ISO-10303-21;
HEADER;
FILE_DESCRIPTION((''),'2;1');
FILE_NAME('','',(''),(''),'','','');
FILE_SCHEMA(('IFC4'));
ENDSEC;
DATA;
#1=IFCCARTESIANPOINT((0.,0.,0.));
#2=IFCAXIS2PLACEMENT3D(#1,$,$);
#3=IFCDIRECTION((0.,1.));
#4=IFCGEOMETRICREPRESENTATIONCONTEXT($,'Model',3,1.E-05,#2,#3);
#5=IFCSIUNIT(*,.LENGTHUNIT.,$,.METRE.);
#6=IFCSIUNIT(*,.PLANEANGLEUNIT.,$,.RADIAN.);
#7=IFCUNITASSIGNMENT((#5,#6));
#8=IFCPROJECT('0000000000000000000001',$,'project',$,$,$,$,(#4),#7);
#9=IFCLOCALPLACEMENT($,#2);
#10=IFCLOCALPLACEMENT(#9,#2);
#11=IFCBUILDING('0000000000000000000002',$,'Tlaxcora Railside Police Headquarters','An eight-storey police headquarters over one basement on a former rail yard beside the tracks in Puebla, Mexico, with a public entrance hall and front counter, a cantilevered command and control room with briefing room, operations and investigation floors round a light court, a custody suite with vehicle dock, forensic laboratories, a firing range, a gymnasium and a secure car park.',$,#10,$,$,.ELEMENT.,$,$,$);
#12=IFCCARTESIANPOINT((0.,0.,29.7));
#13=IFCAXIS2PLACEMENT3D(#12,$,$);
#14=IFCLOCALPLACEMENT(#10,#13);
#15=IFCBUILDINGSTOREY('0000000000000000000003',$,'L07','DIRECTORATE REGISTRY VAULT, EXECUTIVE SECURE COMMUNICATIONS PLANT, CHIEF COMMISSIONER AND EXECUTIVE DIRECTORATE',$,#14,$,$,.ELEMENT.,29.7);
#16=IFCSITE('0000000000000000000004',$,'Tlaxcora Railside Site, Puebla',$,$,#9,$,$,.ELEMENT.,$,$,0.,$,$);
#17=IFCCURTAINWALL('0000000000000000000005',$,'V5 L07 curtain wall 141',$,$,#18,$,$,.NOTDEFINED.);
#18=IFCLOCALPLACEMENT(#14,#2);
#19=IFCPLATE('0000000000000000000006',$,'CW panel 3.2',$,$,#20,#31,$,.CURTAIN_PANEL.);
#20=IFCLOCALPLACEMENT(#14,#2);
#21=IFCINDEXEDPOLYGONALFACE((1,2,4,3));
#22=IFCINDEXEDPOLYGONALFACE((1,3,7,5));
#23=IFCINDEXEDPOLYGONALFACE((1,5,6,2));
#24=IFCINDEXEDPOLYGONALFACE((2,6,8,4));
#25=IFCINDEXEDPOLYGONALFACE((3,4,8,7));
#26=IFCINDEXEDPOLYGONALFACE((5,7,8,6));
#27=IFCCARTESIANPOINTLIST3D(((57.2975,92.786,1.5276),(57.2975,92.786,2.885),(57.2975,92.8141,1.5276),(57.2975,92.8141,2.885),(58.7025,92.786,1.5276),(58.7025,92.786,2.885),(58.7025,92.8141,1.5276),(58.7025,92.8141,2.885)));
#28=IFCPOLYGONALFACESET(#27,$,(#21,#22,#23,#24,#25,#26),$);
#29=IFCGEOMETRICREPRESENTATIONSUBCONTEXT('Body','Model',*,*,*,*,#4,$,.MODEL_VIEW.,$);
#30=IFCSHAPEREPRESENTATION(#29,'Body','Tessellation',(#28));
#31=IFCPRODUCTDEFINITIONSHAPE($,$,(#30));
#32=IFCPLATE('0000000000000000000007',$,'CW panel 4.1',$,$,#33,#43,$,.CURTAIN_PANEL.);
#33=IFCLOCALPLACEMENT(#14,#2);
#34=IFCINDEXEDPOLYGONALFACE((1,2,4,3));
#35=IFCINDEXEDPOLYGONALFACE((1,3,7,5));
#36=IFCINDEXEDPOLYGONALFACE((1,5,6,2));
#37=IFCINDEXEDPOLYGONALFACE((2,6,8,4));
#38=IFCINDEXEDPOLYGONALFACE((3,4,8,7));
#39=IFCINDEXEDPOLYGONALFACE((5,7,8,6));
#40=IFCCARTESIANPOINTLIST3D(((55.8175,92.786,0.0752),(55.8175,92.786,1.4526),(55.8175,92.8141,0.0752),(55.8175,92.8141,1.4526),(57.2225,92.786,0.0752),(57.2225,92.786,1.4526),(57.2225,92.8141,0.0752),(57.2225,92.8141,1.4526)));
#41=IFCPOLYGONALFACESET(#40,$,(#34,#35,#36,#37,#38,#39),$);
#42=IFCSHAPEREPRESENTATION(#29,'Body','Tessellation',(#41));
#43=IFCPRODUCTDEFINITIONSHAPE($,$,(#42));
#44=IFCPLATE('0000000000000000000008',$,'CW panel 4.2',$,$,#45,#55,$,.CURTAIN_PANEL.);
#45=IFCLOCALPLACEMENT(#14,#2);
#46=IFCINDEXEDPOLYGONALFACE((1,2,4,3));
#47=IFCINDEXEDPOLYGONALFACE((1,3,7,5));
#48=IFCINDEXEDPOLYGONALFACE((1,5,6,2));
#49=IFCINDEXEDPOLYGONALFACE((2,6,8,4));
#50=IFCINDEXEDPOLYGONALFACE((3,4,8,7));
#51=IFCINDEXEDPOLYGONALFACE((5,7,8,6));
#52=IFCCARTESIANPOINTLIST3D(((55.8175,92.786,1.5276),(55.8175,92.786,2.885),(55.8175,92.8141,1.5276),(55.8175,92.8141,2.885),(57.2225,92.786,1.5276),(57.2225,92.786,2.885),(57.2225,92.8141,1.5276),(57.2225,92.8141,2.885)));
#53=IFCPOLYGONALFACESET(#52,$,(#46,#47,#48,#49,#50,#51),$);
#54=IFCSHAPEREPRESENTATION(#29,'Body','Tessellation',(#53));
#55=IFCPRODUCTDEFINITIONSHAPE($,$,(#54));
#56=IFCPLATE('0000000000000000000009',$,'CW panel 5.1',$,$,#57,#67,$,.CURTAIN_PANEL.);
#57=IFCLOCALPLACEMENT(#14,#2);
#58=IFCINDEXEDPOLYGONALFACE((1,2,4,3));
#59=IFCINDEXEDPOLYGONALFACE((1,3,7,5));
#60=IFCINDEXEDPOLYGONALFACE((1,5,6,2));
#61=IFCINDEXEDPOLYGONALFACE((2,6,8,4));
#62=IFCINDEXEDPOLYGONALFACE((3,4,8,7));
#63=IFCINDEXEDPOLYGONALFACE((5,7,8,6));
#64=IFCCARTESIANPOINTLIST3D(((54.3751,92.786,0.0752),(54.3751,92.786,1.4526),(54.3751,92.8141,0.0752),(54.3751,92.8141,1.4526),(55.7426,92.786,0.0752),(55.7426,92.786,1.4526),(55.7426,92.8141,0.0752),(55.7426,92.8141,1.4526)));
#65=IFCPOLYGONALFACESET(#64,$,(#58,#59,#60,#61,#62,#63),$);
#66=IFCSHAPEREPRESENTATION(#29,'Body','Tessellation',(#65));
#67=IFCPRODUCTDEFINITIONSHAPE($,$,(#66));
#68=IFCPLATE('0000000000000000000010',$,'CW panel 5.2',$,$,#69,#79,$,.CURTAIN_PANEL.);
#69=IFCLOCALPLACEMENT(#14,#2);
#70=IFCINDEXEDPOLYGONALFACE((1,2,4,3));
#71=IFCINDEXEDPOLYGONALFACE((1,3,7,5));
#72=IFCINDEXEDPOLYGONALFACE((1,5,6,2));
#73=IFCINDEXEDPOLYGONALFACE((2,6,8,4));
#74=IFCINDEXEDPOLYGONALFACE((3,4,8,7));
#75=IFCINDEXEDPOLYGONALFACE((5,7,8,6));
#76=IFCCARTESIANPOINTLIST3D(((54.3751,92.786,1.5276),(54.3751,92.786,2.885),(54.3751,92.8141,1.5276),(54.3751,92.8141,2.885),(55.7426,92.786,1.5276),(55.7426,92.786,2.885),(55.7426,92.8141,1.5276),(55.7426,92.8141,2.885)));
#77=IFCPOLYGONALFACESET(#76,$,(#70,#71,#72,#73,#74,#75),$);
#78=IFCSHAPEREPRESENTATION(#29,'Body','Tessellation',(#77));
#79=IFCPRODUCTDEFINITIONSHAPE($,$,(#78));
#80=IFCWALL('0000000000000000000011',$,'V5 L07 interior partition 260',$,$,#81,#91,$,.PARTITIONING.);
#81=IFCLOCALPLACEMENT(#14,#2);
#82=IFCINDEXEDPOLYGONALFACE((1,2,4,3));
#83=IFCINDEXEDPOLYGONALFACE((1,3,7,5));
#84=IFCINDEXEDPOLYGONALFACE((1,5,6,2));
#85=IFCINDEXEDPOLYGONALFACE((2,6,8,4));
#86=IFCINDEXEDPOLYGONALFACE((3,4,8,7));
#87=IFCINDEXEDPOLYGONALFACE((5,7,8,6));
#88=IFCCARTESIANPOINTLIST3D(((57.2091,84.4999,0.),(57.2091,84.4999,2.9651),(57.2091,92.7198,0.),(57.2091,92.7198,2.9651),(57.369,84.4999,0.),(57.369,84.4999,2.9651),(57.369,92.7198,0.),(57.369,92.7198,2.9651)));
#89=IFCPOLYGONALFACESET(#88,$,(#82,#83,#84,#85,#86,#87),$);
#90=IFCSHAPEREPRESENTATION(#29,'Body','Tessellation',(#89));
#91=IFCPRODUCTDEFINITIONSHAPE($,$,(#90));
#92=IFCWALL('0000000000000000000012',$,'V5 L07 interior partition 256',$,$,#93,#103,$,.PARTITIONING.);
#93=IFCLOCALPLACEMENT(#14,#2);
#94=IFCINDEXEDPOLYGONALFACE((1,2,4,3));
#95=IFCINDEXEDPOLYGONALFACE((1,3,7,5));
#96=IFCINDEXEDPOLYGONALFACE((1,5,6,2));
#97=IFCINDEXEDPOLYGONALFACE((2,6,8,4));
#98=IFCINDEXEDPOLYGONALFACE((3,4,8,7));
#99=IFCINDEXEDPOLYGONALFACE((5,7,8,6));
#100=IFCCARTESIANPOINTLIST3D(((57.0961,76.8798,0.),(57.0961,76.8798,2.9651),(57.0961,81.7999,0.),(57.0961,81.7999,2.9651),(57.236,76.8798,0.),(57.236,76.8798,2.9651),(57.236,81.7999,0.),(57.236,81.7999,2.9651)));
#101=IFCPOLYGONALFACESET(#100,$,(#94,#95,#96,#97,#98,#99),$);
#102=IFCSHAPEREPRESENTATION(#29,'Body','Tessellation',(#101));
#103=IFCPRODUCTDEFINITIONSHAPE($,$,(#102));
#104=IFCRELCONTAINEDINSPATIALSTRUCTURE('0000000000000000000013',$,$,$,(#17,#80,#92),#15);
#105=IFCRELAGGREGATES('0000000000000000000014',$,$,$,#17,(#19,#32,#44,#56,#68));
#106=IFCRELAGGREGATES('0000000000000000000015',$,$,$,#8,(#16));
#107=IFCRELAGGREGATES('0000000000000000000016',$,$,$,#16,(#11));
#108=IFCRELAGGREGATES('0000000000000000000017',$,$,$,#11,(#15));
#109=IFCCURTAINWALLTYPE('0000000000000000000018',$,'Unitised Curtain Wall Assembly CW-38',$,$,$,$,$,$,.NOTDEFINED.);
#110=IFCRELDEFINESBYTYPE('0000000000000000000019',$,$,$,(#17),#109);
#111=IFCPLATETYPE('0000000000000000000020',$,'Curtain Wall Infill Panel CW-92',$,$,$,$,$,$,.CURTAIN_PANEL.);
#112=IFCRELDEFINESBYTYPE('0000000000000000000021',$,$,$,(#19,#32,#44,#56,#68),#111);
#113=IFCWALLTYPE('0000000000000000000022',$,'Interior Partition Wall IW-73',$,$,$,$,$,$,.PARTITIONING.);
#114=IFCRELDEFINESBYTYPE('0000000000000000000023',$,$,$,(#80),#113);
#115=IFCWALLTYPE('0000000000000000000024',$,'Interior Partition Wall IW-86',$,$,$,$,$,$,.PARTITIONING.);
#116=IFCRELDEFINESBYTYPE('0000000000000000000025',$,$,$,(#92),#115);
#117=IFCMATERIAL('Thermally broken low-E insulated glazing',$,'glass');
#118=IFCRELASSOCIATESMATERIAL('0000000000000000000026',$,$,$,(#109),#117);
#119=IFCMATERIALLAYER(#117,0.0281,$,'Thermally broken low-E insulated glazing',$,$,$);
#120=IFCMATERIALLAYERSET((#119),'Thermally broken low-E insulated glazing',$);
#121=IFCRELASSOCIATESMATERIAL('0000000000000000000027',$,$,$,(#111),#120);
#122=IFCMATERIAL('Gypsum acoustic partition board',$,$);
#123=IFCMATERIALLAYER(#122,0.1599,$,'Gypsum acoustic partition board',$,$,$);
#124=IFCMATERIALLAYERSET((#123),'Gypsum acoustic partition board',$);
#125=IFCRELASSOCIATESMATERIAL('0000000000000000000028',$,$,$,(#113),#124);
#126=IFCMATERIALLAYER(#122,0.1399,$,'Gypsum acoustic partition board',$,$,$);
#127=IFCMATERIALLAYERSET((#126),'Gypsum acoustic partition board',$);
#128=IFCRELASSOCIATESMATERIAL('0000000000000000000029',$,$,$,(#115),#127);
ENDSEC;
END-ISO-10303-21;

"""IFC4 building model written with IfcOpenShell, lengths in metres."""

from ifc_helpers import new_model, si_unit, direction, frame, frame_2d, origin, origin_2d, place, context, subcontext, project, spatial, rectangle, extrude, material, layer, layer_set, type_object, element, aggregate, save


model = new_model("IFC4")

# Units and contexts
model_context = context("Model", 3, precision=1e-05, world=origin(), true_north=direction((0.0, 1.0)))
body_context = subcontext(model_context, "Body", "Model", "MODEL_VIEW")
ifc_project = project(units=[si_unit("LENGTHUNIT", "METRE"), si_unit("PLANEANGLEUNIT", "RADIAN")], contexts=[model_context])

# Site, building, storey
site_placement = place(None, origin())
site = spatial("IfcSite", under=ifc_project, at=site_placement, Name="Tlaxcora Railside Site, Puebla", CompositionType="ELEMENT", RefElevation=0.0)
building_placement = place(site_placement, origin())
building = spatial("IfcBuilding", under=site, at=building_placement, Name="Tlaxcora Railside Police Headquarters", Description="An eight-storey police headquarters over one basement on a former rail yard beside the tracks in Puebla, Mexico, with a public entrance hall and front counter, a cantilevered command and control room with briefing room, operations and investigation floors round a light court, a custody suite with vehicle dock, forensic laboratories, a firing range, a gymnasium and a secure car park.", CompositionType="ELEMENT")
storey_placement = place(building_placement, frame((0.0, 0.0, 29.7)))
storey = spatial("IfcBuildingStorey", under=building, at=storey_placement, Name="L07", Description="DIRECTORATE REGISTRY VAULT, EXECUTIVE SECURE COMMUNICATIONS PLANT, CHIEF COMMISSIONER AND EXECUTIVE DIRECTORATE", CompositionType="ELEMENT", Elevation=29.7)

# Curtain wall
ifc_material_1 = material(Name="Thermally broken low-E insulated glazing", Category="glass")
curtain_wall_type = type_object("IfcCurtainWallType", Name="Unitised Curtain Wall Assembly CW-38", PredefinedType="NOTDEFINED", material=ifc_material_1)
curtain_wall_placement = place(storey_placement, origin())
curtain_wall = element("IfcCurtainWall", 1, at=curtain_wall_placement, inside=storey, type_object=curtain_wall_type, Name="V5 L07 curtain wall 141", PredefinedType="NOTDEFINED")

# Plates
ifc_layer_1 = layer(ifc_material_1, 0.0281, Name="Thermally broken low-E insulated glazing")
ifc_layer_set_1 = layer_set([ifc_layer_1], Name="Thermally broken low-E insulated glazing")
plate_type = type_object("IfcPlateType", Name="Curtain Wall Infill Panel CW-92", PredefinedType="CURTAIN_PANEL", material=ifc_layer_set_1)
plate_1_placement = place(storey_placement, frame((58.0, 92.8, 1.5276), z_axis=(0.0, 0.0, 1.0), x_axis=(-1.0, 0.0, 0.0)))
plate_1 = element("IfcPlate", 2, at=plate_1_placement, type_object=plate_type, Name="CW panel 3.2", PredefinedType="CURTAIN_PANEL", context=body_context, shape_type="SweptSolid", body=[
    extrude(rectangle(XDim=1.405, YDim=0.0281, at=origin_2d()), origin(), (0.0, 0.0, 1.0), 1.3574),
])
plate_2_placement = place(storey_placement, frame((56.52, 92.8, 0.0752), z_axis=(0.0, 0.0, 1.0), x_axis=(-1.0, 0.0, 0.0)))
plate_2 = element("IfcPlate", 3, at=plate_2_placement, type_object=plate_type, Name="CW panel 4.1", PredefinedType="CURTAIN_PANEL", context=body_context, shape_type="SweptSolid", body=[
    extrude(rectangle(XDim=1.405, YDim=0.0281, at=origin_2d()), origin(), (0.0, 0.0, 1.0), 1.3774),
])
plate_3_placement = place(storey_placement, frame((56.52, 92.8, 1.5276), z_axis=(0.0, 0.0, 1.0), x_axis=(-1.0, 0.0, 0.0)))
plate_3 = element("IfcPlate", 4, at=plate_3_placement, type_object=plate_type, Name="CW panel 4.2", PredefinedType="CURTAIN_PANEL", context=body_context, shape_type="SweptSolid", body=[
    extrude(rectangle(XDim=1.405, YDim=0.0281, at=origin_2d()), origin(), (0.0, 0.0, 1.0), 1.3574),
])
plate_4_placement = place(storey_placement, frame((55.0588, 92.8, 0.0752), z_axis=(0.0, 0.0, 1.0), x_axis=(-1.0, 0.0, 0.0)))
plate_4 = element("IfcPlate", 5, at=plate_4_placement, type_object=plate_type, Name="CW panel 5.1", PredefinedType="CURTAIN_PANEL", context=body_context, shape_type="SweptSolid", body=[
    extrude(rectangle(XDim=1.3674, YDim=0.0281, at=origin_2d()), origin(), (0.0, 0.0, 1.0), 1.3774),
])
plate_5_placement = place(storey_placement, frame((55.0588, 92.8, 1.5276), z_axis=(0.0, 0.0, 1.0), x_axis=(-1.0, 0.0, 0.0)))
plate_5 = element("IfcPlate", 6, at=plate_5_placement, type_object=plate_type, Name="CW panel 5.2", PredefinedType="CURTAIN_PANEL", context=body_context, shape_type="SweptSolid", body=[
    extrude(rectangle(XDim=1.3674, YDim=0.0281, at=origin_2d()), origin(), (0.0, 0.0, 1.0), 1.3574),
])
aggregate(curtain_wall, [plate_1, plate_2, plate_3, plate_4, plate_5])

# Walls
ifc_material_2 = material(Name="Gypsum acoustic partition board")
ifc_layer_2 = layer(ifc_material_2, 0.1599, Name="Gypsum acoustic partition board")
ifc_layer_set_2 = layer_set([ifc_layer_2], Name="Gypsum acoustic partition board")
wall_type_1 = type_object("IfcWallType", Name="Interior Partition Wall IW-73", PredefinedType="PARTITIONING", material=ifc_layer_set_2)
wall_1_placement = place(storey_placement, frame((57.2891, 84.5, 0.0), z_axis=(0.0, 0.0, 1.0), x_axis=(0.0, 1.0, 0.0)))
element("IfcWall", 7, at=wall_1_placement, inside=storey, type_object=wall_type_1, Name="V5 L07 interior partition 260", PredefinedType="PARTITIONING", context=body_context, shape_type="SweptSolid", body=[
    extrude(rectangle(XDim=8.22, YDim=0.1599, at=frame_2d((4.1099, 0.0))), origin(), (0.0, 0.0, 1.0), 2.9651),
])
ifc_layer_3 = layer(ifc_material_2, 0.1399, Name="Gypsum acoustic partition board")
ifc_layer_set_3 = layer_set([ifc_layer_3], Name="Gypsum acoustic partition board")
wall_type_2 = type_object("IfcWallType", Name="Interior Partition Wall IW-86", PredefinedType="PARTITIONING", material=ifc_layer_set_3)
wall_2_placement = place(storey_placement, frame((57.166, 76.8799, 0.0), z_axis=(0.0, 0.0, 1.0), x_axis=(0.0, 1.0, 0.0)))
element("IfcWall", 8, at=wall_2_placement, inside=storey, type_object=wall_type_2, Name="V5 L07 interior partition 256", PredefinedType="PARTITIONING", context=body_context, shape_type="SweptSolid", body=[
    extrude(rectangle(XDim=4.9202, YDim=0.1399, at=frame_2d((2.46, 0.0))), origin(), (0.0, 0.0, 1.0), 2.9651),
])

save(model, "model.ifc")
